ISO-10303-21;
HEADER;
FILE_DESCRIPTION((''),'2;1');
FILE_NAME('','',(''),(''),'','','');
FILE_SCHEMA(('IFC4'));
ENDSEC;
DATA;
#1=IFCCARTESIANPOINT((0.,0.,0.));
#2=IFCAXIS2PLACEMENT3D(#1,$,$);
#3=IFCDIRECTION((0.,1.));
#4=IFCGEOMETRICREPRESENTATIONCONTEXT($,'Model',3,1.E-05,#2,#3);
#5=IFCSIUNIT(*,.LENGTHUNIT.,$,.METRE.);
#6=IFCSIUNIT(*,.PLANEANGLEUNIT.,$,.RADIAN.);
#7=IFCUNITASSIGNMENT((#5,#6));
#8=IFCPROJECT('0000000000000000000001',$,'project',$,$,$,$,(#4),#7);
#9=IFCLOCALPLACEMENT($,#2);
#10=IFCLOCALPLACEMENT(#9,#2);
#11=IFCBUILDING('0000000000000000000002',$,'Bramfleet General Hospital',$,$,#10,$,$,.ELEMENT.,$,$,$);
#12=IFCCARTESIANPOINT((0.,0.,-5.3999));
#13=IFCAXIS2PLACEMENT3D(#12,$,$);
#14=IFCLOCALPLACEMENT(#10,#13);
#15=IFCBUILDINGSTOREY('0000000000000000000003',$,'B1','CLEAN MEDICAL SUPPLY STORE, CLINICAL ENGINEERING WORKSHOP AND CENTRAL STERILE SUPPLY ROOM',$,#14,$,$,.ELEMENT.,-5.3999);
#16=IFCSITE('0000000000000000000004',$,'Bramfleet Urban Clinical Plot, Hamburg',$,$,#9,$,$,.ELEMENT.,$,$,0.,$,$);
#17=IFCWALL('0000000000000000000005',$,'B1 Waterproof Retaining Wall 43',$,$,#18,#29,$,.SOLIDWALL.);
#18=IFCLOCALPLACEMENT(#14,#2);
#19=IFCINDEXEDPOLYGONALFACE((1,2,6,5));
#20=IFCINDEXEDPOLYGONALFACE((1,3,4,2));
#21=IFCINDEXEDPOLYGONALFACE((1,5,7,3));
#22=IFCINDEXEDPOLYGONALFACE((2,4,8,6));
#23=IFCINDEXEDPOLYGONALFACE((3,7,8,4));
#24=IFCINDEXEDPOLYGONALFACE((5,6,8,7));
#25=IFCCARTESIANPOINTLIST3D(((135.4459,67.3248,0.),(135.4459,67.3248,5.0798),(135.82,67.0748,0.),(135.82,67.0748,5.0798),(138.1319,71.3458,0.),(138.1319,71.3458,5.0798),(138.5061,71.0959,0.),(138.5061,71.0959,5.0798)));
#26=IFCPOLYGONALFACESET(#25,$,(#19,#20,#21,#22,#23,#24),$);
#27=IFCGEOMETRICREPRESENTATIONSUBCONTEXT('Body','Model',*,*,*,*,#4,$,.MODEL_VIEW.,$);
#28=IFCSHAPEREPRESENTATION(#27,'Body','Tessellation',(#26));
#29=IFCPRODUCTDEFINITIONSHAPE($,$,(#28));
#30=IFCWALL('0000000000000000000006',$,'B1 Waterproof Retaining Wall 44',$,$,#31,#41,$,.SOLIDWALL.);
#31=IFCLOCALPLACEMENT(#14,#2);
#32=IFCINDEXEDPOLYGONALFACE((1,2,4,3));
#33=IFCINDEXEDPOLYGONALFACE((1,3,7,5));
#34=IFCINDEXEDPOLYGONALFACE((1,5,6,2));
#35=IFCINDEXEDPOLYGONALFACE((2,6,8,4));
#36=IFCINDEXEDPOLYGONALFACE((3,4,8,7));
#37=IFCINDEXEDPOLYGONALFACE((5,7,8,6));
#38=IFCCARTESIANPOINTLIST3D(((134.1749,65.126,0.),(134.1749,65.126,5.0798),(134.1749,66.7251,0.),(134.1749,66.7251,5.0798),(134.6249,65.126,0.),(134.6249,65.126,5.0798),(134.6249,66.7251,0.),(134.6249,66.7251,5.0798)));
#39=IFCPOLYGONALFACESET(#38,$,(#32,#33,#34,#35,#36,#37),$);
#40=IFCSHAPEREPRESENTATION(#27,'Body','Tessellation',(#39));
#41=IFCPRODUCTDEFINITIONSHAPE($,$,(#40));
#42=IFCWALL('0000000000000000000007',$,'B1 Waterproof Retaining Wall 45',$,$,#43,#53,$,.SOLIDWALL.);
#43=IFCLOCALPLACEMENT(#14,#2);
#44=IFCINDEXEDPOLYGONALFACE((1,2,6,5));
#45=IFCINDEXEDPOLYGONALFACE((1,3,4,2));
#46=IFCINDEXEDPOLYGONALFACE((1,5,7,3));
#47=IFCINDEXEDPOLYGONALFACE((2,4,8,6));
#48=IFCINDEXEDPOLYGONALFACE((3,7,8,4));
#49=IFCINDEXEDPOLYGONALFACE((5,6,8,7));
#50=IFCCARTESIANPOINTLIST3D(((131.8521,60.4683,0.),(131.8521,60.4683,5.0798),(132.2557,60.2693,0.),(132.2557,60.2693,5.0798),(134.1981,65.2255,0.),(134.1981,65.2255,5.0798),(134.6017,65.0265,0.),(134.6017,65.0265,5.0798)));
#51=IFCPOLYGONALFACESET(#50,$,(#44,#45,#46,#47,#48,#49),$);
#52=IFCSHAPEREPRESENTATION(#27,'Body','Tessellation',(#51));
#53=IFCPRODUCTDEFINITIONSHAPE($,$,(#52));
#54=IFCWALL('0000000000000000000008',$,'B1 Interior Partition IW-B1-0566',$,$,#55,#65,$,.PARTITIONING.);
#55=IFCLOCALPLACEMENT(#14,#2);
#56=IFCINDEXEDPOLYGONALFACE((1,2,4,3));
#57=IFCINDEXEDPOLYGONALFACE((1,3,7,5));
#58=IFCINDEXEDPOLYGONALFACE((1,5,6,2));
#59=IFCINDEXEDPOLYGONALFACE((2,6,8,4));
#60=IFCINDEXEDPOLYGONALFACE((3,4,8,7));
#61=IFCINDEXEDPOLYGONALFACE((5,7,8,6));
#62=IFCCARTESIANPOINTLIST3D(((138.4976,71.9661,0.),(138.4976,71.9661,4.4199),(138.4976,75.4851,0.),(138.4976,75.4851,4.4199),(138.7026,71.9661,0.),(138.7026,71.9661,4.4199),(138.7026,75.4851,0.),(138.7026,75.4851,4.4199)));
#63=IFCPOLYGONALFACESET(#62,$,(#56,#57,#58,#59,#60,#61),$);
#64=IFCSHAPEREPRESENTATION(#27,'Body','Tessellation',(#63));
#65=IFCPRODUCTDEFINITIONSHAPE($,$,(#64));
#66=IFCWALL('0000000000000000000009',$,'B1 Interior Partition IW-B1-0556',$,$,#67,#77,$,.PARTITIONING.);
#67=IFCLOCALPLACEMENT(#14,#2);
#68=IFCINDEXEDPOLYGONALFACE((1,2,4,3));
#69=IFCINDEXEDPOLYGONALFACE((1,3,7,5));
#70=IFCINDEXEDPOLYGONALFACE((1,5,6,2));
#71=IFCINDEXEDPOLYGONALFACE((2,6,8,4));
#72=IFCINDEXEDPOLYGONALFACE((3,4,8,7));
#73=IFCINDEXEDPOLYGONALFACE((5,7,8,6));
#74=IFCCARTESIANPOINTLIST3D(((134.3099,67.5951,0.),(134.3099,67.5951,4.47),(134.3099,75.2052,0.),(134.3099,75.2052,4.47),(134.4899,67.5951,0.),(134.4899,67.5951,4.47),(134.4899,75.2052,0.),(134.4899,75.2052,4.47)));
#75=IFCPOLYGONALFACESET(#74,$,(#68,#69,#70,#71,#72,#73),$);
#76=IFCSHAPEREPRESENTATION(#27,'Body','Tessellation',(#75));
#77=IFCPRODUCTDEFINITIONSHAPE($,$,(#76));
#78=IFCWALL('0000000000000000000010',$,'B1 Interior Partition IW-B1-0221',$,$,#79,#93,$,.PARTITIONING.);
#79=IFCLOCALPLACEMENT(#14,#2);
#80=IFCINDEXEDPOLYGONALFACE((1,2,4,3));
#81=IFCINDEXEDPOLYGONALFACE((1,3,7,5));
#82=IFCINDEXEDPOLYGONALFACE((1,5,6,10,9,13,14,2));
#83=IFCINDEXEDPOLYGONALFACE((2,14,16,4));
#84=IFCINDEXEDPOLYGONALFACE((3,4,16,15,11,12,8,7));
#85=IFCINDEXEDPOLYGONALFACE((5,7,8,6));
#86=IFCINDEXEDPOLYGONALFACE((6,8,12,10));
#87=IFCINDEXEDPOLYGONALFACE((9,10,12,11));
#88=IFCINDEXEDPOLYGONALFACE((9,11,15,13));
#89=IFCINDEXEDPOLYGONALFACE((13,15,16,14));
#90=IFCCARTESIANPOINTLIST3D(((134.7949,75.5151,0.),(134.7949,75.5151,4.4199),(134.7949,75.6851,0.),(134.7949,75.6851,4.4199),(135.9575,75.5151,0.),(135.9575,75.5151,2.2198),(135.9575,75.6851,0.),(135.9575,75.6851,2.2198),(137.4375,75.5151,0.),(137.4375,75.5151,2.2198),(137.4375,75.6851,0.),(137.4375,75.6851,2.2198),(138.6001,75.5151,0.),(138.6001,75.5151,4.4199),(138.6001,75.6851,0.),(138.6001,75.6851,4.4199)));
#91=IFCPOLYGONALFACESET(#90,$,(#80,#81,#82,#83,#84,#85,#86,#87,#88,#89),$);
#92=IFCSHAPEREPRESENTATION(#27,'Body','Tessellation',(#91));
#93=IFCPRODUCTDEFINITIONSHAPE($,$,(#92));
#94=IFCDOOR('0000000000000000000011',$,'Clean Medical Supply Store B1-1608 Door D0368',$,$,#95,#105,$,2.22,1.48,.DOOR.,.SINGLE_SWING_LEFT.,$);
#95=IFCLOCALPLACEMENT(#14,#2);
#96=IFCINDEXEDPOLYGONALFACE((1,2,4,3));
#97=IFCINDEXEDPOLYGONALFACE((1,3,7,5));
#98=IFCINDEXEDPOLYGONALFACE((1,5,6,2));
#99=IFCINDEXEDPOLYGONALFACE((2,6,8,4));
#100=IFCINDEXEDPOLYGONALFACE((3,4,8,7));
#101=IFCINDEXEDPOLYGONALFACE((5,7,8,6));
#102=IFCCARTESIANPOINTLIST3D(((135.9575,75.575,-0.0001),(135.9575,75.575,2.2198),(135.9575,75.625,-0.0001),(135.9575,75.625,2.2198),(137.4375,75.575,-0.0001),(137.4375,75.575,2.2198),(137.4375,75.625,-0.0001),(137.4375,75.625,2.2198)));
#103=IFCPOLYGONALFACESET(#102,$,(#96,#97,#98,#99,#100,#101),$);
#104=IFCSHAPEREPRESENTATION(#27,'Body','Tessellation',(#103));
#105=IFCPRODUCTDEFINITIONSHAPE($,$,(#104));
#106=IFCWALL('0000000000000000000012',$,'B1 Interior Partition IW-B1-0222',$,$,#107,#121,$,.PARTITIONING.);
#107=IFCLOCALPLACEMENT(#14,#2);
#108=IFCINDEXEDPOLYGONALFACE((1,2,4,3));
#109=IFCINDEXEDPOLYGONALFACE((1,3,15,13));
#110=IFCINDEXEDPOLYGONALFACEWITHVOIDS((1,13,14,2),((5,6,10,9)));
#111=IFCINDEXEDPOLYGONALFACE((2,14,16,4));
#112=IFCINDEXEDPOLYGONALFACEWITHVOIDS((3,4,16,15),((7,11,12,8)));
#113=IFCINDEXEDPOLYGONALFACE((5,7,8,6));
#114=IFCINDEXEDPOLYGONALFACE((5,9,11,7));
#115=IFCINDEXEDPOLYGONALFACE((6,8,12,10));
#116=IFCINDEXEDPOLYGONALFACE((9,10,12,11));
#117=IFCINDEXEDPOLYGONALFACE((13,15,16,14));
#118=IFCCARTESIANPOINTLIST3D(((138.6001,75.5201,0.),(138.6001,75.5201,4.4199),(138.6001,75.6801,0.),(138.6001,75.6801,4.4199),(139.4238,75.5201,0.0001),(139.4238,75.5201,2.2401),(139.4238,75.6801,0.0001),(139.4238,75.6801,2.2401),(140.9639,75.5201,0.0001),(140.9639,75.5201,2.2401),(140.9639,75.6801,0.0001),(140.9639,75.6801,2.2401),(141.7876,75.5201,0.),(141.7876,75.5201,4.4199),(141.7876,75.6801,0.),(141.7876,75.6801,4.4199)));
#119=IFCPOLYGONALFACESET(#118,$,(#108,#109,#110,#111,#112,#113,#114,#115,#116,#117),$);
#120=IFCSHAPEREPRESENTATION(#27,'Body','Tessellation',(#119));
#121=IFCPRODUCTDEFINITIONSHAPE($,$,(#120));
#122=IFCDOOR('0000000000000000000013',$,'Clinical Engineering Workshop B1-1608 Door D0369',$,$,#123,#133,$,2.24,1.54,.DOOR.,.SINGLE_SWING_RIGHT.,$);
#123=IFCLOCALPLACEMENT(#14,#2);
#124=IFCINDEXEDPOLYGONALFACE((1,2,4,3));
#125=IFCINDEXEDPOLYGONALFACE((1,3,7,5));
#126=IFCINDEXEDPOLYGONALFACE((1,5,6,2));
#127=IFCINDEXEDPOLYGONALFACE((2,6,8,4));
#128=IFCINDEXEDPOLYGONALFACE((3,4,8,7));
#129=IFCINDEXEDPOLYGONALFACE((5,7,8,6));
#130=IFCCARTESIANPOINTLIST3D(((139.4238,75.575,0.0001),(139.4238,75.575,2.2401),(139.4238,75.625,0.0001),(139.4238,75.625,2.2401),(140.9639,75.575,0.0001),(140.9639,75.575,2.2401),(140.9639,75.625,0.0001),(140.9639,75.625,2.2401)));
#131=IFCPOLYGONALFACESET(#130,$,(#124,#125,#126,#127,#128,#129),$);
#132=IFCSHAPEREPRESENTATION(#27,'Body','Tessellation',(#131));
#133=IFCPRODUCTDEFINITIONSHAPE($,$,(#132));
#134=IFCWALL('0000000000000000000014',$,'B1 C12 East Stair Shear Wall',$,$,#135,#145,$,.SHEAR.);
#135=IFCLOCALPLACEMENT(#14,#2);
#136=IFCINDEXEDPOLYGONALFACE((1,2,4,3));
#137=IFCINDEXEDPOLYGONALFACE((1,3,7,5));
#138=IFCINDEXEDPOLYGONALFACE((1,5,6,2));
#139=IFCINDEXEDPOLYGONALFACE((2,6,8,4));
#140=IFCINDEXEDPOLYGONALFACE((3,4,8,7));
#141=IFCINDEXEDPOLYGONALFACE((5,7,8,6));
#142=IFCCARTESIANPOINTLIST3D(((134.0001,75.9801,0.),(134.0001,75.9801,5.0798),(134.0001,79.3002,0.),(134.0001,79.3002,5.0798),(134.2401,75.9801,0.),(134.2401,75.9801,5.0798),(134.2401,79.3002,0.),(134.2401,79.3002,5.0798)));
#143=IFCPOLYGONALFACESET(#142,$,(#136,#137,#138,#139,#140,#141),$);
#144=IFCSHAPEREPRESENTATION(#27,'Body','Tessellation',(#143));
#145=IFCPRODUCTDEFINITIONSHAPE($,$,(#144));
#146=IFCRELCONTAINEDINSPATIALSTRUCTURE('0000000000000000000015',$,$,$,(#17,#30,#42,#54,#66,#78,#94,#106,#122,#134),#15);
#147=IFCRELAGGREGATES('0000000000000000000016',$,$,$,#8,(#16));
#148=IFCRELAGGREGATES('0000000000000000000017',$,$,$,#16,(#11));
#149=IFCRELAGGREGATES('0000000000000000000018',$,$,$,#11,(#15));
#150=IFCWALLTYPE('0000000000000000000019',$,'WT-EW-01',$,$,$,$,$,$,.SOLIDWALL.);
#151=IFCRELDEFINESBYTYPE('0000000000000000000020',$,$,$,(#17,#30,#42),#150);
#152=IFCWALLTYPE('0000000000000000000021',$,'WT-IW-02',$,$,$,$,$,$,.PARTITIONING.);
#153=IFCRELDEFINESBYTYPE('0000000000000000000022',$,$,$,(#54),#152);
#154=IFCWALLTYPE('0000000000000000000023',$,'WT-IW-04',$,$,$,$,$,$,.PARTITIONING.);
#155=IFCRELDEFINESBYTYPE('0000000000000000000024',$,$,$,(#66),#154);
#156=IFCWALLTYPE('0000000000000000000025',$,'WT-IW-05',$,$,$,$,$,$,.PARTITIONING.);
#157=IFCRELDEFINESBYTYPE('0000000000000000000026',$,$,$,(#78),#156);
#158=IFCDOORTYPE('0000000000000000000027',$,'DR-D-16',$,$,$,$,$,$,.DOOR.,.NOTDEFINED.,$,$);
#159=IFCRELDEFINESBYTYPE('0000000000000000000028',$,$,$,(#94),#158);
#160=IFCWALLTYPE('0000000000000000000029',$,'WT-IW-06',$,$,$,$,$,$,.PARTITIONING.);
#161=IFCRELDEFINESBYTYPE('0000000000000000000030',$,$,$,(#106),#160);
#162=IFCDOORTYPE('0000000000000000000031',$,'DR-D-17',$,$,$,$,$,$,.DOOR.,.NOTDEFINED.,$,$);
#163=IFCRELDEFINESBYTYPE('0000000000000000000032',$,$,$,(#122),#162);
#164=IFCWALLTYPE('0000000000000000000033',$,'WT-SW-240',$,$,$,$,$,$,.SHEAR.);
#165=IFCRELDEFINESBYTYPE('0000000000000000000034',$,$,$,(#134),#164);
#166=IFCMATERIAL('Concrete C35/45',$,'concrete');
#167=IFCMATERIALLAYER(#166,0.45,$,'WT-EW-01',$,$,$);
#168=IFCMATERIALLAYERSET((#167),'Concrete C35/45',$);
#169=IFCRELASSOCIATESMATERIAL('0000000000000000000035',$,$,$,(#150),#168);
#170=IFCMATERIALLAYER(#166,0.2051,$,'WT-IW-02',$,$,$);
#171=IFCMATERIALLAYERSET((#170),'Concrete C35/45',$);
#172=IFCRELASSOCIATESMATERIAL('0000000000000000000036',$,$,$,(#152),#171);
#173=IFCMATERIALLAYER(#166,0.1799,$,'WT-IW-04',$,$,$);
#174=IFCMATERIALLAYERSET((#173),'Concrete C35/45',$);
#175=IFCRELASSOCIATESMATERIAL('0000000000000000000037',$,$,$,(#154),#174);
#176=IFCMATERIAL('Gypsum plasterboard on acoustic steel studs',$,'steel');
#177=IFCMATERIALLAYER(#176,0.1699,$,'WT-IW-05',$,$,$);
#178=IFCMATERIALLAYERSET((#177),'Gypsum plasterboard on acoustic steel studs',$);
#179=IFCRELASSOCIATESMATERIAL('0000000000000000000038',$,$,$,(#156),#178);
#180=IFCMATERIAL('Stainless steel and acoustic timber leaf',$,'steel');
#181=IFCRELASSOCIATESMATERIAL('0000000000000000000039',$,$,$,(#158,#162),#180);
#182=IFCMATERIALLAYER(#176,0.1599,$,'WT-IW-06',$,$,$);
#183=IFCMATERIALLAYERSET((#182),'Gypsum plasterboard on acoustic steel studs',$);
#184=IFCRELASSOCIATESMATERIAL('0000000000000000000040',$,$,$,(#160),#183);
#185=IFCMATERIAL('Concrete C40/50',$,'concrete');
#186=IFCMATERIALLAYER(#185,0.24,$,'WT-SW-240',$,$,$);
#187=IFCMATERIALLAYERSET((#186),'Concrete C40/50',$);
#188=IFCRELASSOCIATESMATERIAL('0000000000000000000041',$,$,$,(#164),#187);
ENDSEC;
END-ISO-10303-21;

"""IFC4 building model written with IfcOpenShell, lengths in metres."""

from ifc_helpers import new_model, si_unit, direction, frame, frame_2d, origin, place, context, subcontext, project, spatial, rectangle, extrude, material, layer, layer_set, type_object, element, fill, save


model = new_model("IFC4")

# Units and contexts
model_context = context("Model", 3, precision=1e-05, world=origin(), true_north=direction((0.0, 1.0)))
body_context = subcontext(model_context, "Body", "Model", "MODEL_VIEW")
ifc_project = project(units=[si_unit("LENGTHUNIT", "METRE"), si_unit("PLANEANGLEUNIT", "RADIAN")], contexts=[model_context])

# Site, building, storey
site_placement = place(None, origin())
site = spatial("IfcSite", under=ifc_project, at=site_placement, Name="Bramfleet Urban Clinical Plot, Hamburg", CompositionType="ELEMENT", RefElevation=0.0)
building_placement = place(site_placement, origin())
building = spatial("IfcBuilding", under=site, at=building_placement, Name="Bramfleet General Hospital", CompositionType="ELEMENT")
storey_placement = place(building_placement, frame((0.0, 0.0, -5.3999)))
storey = spatial("IfcBuildingStorey", under=building, at=storey_placement, Name="B1", Description="CLEAN MEDICAL SUPPLY STORE, CLINICAL ENGINEERING WORKSHOP AND CENTRAL STERILE SUPPLY ROOM", CompositionType="ELEMENT", Elevation=-5.3999)

# Shared definitions
ifc_material_1 = material(Name="Concrete C35/45", Category="concrete")

# Shared definitions
ifc_material_2 = material(Name="Concrete C40/50", Category="concrete")

# Walls
ifc_layer_1 = layer(ifc_material_1, 0.45, Name="WT-EW-01")
ifc_layer_set_1 = layer_set([ifc_layer_1], Name="Concrete C35/45")
wall_type_1 = type_object("IfcWallType", Name="WT-EW-01", PredefinedType="SOLIDWALL", material=ifc_layer_set_1)
wall_1_placement = place(storey_placement, frame((138.3191, 71.2209, 0.0), z_axis=(0.0, 0.0, 1.0), x_axis=(-0.555469, -0.831537, 0.0)))
element("IfcWall", 1, at=wall_1_placement, inside=storey, type_object=wall_type_1, Name="B1 Waterproof Retaining Wall 43", PredefinedType="SOLIDWALL", context=body_context, shape_type="SweptSolid", body=[
    extrude(rectangle(XDim=4.8357, YDim=0.45, at=frame_2d((2.418, 0.0))), origin(), (0.0, 0.0, 1.0), 5.0798),
])
wall_2_placement = place(storey_placement, frame((134.3999, 66.7251, 0.0), z_axis=(0.0, 0.0, 1.0), x_axis=(0.0, -1.0, 0.0)))
element("IfcWall", 2, at=wall_2_placement, inside=storey, type_object=wall_type_1, Name="B1 Waterproof Retaining Wall 44", PredefinedType="SOLIDWALL", context=body_context, shape_type="SweptSolid", body=[
    extrude(rectangle(XDim=1.5991, YDim=0.45, at=frame_2d((0.7996, 0.0))), origin(), (0.0, 0.0, 1.0), 5.0798),
])
wall_3_placement = place(storey_placement, frame((134.3999, 65.126, 0.0), z_axis=(0.0, 0.0, 1.0), x_axis=(-0.442291, -0.896872, 0.0)))
element("IfcWall", 3, at=wall_3_placement, inside=storey, type_object=wall_type_1, Name="B1 Waterproof Retaining Wall 45", PredefinedType="SOLIDWALL", context=body_context, shape_type="SweptSolid", body=[
    extrude(rectangle(XDim=5.3042, YDim=0.45, at=frame_2d((2.6521, 0.0))), origin(), (0.0, 0.0, 1.0), 5.0798),
])
ifc_layer_2 = layer(ifc_material_1, 0.2051, Name="WT-IW-02")
ifc_layer_set_2 = layer_set([ifc_layer_2], Name="Concrete C35/45")
wall_type_2 = type_object("IfcWallType", Name="WT-IW-02", PredefinedType="PARTITIONING", material=ifc_layer_set_2)
wall_4_placement = place(storey_placement, frame((138.6001, 71.9661, 0.0), z_axis=(0.0, 0.0, 1.0), x_axis=(0.0, 1.0, 0.0)))
element("IfcWall", 4, at=wall_4_placement, inside=storey, type_object=wall_type_2, Name="B1 Interior Partition IW-B1-0566", PredefinedType="PARTITIONING", context=body_context, shape_type="SweptSolid", body=[
    extrude(rectangle(XDim=3.519, YDim=0.2051, at=frame_2d((1.7595, 0.0))), origin(), (0.0, 0.0, 1.0), 4.4199),
])
ifc_layer_3 = layer(ifc_material_1, 0.1799, Name="WT-IW-04")
ifc_layer_set_3 = layer_set([ifc_layer_3], Name="Concrete C35/45")
wall_type_3 = type_object("IfcWallType", Name="WT-IW-04", PredefinedType="PARTITIONING", material=ifc_layer_set_3)
wall_5_placement = place(storey_placement, frame((134.3999, 67.595, 0.0), z_axis=(0.0, 0.0, 1.0), x_axis=(0.0, 1.0, 0.0)))
element("IfcWall", 5, at=wall_5_placement, inside=storey, type_object=wall_type_3, Name="B1 Interior Partition IW-B1-0556", PredefinedType="PARTITIONING", context=body_context, shape_type="SweptSolid", body=[
    extrude(rectangle(XDim=7.6101, YDim=0.1799, at=frame_2d((3.8052, 0.0))), origin(), (0.0, 0.0, 1.0), 4.47),
])

# Walls, openings, doors
ifc_material_3 = material(Name="Gypsum plasterboard on acoustic steel studs", Category="steel")
ifc_layer_4 = layer(ifc_material_3, 0.1699, Name="WT-IW-05")
ifc_layer_set_4 = layer_set([ifc_layer_4], Name="Gypsum plasterboard on acoustic steel studs")
wall_type_4 = type_object("IfcWallType", Name="WT-IW-05", PredefinedType="PARTITIONING", material=ifc_layer_set_4)
wall_6_placement = place(storey_placement, frame((134.7949, 75.6001, 0.0), z_axis=(0.0, 0.0, 1.0), x_axis=(1.0, 0.0, 0.0)))
wall_6 = element("IfcWall", 6, at=wall_6_placement, inside=storey, type_object=wall_type_4, Name="B1 Interior Partition IW-B1-0221", PredefinedType="PARTITIONING", context=body_context, shape_type="SweptSolid", body=[
    extrude(rectangle(XDim=3.8052, YDim=0.1699, at=frame_2d((1.9026, 0.0))), origin(), (0.0, 0.0, 1.0), 4.4199),
])
opening_1_placement = place(wall_6_placement, frame((1.1626, 0.0, 0.0)))
opening_1 = element("IfcOpeningElement", 7, at=opening_1_placement, cuts=wall_6, PredefinedType="OPENING", context=body_context, shape_type="SweptSolid", body=[
    extrude(rectangle(XDim=1.48, YDim=2.22, at=frame_2d((0.74, 1.1099))), frame((0.0, 0.095, 0.0), z_axis=(0.0, -1.0, 0.0), x_axis=(1.0, 0.0, 0.0)), (0.0, 0.0, 1.0), 0.1899),
])
ifc_material_4 = material(Name="Stainless steel and acoustic timber leaf", Category="steel")
door_type_1 = type_object("IfcDoorType", Name="DR-D-16", OperationType="NOTDEFINED", PredefinedType="DOOR", material=ifc_material_4)
door_1_placement = place(opening_1_placement, origin())
door_1 = element("IfcDoor", 8, at=door_1_placement, inside=storey, type_object=door_type_1, Name="Clean Medical Supply Store B1-1608 Door D0368", OperationType="SINGLE_SWING_LEFT", OverallHeight=2.22, OverallWidth=1.48, PredefinedType="DOOR", context=body_context, shape_type="SweptSolid", body=[
    extrude(rectangle(XDim=1.48, YDim=2.22, at=frame_2d((0.74, 1.1099))), frame((0.0, 0.0249, 0.0), z_axis=(0.0, -1.0, 0.0), x_axis=(1.0, 0.0, 0.0)), (0.0, 0.0, 1.0), 0.05),
])
fill(opening_1, door_1)
ifc_layer_5 = layer(ifc_material_3, 0.1599, Name="WT-IW-06")
ifc_layer_set_5 = layer_set([ifc_layer_5], Name="Gypsum plasterboard on acoustic steel studs")
wall_type_5 = type_object("IfcWallType", Name="WT-IW-06", PredefinedType="PARTITIONING", material=ifc_layer_set_5)
wall_7_placement = place(storey_placement, frame((138.6001, 75.6001, 0.0), z_axis=(0.0, 0.0, 1.0), x_axis=(1.0, 0.0, 0.0)))
wall_7 = element("IfcWall", 9, at=wall_7_placement, inside=storey, type_object=wall_type_5, Name="B1 Interior Partition IW-B1-0222", PredefinedType="PARTITIONING", context=body_context, shape_type="SweptSolid", body=[
    extrude(rectangle(XDim=3.1875, YDim=0.1599, at=frame_2d((1.5938, 0.0))), origin(), (0.0, 0.0, 1.0), 4.4199),
])
opening_2_placement = place(wall_7_placement, frame((0.8237, 0.0, 0.0)))
opening_2 = element("IfcOpeningElement", 10, at=opening_2_placement, cuts=wall_7, PredefinedType="OPENING", context=body_context, shape_type="SweptSolid", body=[
    extrude(rectangle(XDim=1.54, YDim=2.24, at=frame_2d((0.77, 1.1201))), frame((0.0, 0.0898, 0.0), z_axis=(0.0, -1.0, 0.0), x_axis=(1.0, 0.0, 0.0)), (0.0, 0.0, 1.0), 0.1799),
])
door_type_2 = type_object("IfcDoorType", Name="DR-D-17", OperationType="NOTDEFINED", PredefinedType="DOOR", material=ifc_material_4)
door_2_placement = place(opening_2_placement, origin())
door_2 = element("IfcDoor", 11, at=door_2_placement, inside=storey, type_object=door_type_2, Name="Clinical Engineering Workshop B1-1608 Door D0369", OperationType="SINGLE_SWING_RIGHT", OverallHeight=2.24, OverallWidth=1.54, PredefinedType="DOOR", context=body_context, shape_type="SweptSolid", body=[
    extrude(rectangle(XDim=1.54, YDim=2.24, at=frame_2d((0.77, 1.1201))), frame((0.0, 0.0249, 0.0), z_axis=(0.0, -1.0, 0.0), x_axis=(1.0, 0.0, 0.0)), (0.0, 0.0, 1.0), 0.05),
])
fill(opening_2, door_2)

# Wall
ifc_layer_6 = layer(ifc_material_2, 0.24, Name="WT-SW-240")
ifc_layer_set_6 = layer_set([ifc_layer_6], Name="Concrete C40/50")
wall_type_6 = type_object("IfcWallType", Name="WT-SW-240", PredefinedType="SHEAR", material=ifc_layer_set_6)
wall_8_placement = place(storey_placement, frame((134.1201, 75.98, 0.0), z_axis=(0.0, 0.0, 1.0), x_axis=(0.0, 1.0, 0.0)))
element("IfcWall", 12, at=wall_8_placement, inside=storey, type_object=wall_type_6, Name="B1 C12 East Stair Shear Wall", PredefinedType="SHEAR", context=body_context, shape_type="SweptSolid", body=[
    extrude(rectangle(XDim=3.3201, YDim=0.24, at=frame_2d((1.6602, 0.0))), origin(), (0.0, 0.0, 1.0), 5.0798),
])

save(model, "model.ifc")
